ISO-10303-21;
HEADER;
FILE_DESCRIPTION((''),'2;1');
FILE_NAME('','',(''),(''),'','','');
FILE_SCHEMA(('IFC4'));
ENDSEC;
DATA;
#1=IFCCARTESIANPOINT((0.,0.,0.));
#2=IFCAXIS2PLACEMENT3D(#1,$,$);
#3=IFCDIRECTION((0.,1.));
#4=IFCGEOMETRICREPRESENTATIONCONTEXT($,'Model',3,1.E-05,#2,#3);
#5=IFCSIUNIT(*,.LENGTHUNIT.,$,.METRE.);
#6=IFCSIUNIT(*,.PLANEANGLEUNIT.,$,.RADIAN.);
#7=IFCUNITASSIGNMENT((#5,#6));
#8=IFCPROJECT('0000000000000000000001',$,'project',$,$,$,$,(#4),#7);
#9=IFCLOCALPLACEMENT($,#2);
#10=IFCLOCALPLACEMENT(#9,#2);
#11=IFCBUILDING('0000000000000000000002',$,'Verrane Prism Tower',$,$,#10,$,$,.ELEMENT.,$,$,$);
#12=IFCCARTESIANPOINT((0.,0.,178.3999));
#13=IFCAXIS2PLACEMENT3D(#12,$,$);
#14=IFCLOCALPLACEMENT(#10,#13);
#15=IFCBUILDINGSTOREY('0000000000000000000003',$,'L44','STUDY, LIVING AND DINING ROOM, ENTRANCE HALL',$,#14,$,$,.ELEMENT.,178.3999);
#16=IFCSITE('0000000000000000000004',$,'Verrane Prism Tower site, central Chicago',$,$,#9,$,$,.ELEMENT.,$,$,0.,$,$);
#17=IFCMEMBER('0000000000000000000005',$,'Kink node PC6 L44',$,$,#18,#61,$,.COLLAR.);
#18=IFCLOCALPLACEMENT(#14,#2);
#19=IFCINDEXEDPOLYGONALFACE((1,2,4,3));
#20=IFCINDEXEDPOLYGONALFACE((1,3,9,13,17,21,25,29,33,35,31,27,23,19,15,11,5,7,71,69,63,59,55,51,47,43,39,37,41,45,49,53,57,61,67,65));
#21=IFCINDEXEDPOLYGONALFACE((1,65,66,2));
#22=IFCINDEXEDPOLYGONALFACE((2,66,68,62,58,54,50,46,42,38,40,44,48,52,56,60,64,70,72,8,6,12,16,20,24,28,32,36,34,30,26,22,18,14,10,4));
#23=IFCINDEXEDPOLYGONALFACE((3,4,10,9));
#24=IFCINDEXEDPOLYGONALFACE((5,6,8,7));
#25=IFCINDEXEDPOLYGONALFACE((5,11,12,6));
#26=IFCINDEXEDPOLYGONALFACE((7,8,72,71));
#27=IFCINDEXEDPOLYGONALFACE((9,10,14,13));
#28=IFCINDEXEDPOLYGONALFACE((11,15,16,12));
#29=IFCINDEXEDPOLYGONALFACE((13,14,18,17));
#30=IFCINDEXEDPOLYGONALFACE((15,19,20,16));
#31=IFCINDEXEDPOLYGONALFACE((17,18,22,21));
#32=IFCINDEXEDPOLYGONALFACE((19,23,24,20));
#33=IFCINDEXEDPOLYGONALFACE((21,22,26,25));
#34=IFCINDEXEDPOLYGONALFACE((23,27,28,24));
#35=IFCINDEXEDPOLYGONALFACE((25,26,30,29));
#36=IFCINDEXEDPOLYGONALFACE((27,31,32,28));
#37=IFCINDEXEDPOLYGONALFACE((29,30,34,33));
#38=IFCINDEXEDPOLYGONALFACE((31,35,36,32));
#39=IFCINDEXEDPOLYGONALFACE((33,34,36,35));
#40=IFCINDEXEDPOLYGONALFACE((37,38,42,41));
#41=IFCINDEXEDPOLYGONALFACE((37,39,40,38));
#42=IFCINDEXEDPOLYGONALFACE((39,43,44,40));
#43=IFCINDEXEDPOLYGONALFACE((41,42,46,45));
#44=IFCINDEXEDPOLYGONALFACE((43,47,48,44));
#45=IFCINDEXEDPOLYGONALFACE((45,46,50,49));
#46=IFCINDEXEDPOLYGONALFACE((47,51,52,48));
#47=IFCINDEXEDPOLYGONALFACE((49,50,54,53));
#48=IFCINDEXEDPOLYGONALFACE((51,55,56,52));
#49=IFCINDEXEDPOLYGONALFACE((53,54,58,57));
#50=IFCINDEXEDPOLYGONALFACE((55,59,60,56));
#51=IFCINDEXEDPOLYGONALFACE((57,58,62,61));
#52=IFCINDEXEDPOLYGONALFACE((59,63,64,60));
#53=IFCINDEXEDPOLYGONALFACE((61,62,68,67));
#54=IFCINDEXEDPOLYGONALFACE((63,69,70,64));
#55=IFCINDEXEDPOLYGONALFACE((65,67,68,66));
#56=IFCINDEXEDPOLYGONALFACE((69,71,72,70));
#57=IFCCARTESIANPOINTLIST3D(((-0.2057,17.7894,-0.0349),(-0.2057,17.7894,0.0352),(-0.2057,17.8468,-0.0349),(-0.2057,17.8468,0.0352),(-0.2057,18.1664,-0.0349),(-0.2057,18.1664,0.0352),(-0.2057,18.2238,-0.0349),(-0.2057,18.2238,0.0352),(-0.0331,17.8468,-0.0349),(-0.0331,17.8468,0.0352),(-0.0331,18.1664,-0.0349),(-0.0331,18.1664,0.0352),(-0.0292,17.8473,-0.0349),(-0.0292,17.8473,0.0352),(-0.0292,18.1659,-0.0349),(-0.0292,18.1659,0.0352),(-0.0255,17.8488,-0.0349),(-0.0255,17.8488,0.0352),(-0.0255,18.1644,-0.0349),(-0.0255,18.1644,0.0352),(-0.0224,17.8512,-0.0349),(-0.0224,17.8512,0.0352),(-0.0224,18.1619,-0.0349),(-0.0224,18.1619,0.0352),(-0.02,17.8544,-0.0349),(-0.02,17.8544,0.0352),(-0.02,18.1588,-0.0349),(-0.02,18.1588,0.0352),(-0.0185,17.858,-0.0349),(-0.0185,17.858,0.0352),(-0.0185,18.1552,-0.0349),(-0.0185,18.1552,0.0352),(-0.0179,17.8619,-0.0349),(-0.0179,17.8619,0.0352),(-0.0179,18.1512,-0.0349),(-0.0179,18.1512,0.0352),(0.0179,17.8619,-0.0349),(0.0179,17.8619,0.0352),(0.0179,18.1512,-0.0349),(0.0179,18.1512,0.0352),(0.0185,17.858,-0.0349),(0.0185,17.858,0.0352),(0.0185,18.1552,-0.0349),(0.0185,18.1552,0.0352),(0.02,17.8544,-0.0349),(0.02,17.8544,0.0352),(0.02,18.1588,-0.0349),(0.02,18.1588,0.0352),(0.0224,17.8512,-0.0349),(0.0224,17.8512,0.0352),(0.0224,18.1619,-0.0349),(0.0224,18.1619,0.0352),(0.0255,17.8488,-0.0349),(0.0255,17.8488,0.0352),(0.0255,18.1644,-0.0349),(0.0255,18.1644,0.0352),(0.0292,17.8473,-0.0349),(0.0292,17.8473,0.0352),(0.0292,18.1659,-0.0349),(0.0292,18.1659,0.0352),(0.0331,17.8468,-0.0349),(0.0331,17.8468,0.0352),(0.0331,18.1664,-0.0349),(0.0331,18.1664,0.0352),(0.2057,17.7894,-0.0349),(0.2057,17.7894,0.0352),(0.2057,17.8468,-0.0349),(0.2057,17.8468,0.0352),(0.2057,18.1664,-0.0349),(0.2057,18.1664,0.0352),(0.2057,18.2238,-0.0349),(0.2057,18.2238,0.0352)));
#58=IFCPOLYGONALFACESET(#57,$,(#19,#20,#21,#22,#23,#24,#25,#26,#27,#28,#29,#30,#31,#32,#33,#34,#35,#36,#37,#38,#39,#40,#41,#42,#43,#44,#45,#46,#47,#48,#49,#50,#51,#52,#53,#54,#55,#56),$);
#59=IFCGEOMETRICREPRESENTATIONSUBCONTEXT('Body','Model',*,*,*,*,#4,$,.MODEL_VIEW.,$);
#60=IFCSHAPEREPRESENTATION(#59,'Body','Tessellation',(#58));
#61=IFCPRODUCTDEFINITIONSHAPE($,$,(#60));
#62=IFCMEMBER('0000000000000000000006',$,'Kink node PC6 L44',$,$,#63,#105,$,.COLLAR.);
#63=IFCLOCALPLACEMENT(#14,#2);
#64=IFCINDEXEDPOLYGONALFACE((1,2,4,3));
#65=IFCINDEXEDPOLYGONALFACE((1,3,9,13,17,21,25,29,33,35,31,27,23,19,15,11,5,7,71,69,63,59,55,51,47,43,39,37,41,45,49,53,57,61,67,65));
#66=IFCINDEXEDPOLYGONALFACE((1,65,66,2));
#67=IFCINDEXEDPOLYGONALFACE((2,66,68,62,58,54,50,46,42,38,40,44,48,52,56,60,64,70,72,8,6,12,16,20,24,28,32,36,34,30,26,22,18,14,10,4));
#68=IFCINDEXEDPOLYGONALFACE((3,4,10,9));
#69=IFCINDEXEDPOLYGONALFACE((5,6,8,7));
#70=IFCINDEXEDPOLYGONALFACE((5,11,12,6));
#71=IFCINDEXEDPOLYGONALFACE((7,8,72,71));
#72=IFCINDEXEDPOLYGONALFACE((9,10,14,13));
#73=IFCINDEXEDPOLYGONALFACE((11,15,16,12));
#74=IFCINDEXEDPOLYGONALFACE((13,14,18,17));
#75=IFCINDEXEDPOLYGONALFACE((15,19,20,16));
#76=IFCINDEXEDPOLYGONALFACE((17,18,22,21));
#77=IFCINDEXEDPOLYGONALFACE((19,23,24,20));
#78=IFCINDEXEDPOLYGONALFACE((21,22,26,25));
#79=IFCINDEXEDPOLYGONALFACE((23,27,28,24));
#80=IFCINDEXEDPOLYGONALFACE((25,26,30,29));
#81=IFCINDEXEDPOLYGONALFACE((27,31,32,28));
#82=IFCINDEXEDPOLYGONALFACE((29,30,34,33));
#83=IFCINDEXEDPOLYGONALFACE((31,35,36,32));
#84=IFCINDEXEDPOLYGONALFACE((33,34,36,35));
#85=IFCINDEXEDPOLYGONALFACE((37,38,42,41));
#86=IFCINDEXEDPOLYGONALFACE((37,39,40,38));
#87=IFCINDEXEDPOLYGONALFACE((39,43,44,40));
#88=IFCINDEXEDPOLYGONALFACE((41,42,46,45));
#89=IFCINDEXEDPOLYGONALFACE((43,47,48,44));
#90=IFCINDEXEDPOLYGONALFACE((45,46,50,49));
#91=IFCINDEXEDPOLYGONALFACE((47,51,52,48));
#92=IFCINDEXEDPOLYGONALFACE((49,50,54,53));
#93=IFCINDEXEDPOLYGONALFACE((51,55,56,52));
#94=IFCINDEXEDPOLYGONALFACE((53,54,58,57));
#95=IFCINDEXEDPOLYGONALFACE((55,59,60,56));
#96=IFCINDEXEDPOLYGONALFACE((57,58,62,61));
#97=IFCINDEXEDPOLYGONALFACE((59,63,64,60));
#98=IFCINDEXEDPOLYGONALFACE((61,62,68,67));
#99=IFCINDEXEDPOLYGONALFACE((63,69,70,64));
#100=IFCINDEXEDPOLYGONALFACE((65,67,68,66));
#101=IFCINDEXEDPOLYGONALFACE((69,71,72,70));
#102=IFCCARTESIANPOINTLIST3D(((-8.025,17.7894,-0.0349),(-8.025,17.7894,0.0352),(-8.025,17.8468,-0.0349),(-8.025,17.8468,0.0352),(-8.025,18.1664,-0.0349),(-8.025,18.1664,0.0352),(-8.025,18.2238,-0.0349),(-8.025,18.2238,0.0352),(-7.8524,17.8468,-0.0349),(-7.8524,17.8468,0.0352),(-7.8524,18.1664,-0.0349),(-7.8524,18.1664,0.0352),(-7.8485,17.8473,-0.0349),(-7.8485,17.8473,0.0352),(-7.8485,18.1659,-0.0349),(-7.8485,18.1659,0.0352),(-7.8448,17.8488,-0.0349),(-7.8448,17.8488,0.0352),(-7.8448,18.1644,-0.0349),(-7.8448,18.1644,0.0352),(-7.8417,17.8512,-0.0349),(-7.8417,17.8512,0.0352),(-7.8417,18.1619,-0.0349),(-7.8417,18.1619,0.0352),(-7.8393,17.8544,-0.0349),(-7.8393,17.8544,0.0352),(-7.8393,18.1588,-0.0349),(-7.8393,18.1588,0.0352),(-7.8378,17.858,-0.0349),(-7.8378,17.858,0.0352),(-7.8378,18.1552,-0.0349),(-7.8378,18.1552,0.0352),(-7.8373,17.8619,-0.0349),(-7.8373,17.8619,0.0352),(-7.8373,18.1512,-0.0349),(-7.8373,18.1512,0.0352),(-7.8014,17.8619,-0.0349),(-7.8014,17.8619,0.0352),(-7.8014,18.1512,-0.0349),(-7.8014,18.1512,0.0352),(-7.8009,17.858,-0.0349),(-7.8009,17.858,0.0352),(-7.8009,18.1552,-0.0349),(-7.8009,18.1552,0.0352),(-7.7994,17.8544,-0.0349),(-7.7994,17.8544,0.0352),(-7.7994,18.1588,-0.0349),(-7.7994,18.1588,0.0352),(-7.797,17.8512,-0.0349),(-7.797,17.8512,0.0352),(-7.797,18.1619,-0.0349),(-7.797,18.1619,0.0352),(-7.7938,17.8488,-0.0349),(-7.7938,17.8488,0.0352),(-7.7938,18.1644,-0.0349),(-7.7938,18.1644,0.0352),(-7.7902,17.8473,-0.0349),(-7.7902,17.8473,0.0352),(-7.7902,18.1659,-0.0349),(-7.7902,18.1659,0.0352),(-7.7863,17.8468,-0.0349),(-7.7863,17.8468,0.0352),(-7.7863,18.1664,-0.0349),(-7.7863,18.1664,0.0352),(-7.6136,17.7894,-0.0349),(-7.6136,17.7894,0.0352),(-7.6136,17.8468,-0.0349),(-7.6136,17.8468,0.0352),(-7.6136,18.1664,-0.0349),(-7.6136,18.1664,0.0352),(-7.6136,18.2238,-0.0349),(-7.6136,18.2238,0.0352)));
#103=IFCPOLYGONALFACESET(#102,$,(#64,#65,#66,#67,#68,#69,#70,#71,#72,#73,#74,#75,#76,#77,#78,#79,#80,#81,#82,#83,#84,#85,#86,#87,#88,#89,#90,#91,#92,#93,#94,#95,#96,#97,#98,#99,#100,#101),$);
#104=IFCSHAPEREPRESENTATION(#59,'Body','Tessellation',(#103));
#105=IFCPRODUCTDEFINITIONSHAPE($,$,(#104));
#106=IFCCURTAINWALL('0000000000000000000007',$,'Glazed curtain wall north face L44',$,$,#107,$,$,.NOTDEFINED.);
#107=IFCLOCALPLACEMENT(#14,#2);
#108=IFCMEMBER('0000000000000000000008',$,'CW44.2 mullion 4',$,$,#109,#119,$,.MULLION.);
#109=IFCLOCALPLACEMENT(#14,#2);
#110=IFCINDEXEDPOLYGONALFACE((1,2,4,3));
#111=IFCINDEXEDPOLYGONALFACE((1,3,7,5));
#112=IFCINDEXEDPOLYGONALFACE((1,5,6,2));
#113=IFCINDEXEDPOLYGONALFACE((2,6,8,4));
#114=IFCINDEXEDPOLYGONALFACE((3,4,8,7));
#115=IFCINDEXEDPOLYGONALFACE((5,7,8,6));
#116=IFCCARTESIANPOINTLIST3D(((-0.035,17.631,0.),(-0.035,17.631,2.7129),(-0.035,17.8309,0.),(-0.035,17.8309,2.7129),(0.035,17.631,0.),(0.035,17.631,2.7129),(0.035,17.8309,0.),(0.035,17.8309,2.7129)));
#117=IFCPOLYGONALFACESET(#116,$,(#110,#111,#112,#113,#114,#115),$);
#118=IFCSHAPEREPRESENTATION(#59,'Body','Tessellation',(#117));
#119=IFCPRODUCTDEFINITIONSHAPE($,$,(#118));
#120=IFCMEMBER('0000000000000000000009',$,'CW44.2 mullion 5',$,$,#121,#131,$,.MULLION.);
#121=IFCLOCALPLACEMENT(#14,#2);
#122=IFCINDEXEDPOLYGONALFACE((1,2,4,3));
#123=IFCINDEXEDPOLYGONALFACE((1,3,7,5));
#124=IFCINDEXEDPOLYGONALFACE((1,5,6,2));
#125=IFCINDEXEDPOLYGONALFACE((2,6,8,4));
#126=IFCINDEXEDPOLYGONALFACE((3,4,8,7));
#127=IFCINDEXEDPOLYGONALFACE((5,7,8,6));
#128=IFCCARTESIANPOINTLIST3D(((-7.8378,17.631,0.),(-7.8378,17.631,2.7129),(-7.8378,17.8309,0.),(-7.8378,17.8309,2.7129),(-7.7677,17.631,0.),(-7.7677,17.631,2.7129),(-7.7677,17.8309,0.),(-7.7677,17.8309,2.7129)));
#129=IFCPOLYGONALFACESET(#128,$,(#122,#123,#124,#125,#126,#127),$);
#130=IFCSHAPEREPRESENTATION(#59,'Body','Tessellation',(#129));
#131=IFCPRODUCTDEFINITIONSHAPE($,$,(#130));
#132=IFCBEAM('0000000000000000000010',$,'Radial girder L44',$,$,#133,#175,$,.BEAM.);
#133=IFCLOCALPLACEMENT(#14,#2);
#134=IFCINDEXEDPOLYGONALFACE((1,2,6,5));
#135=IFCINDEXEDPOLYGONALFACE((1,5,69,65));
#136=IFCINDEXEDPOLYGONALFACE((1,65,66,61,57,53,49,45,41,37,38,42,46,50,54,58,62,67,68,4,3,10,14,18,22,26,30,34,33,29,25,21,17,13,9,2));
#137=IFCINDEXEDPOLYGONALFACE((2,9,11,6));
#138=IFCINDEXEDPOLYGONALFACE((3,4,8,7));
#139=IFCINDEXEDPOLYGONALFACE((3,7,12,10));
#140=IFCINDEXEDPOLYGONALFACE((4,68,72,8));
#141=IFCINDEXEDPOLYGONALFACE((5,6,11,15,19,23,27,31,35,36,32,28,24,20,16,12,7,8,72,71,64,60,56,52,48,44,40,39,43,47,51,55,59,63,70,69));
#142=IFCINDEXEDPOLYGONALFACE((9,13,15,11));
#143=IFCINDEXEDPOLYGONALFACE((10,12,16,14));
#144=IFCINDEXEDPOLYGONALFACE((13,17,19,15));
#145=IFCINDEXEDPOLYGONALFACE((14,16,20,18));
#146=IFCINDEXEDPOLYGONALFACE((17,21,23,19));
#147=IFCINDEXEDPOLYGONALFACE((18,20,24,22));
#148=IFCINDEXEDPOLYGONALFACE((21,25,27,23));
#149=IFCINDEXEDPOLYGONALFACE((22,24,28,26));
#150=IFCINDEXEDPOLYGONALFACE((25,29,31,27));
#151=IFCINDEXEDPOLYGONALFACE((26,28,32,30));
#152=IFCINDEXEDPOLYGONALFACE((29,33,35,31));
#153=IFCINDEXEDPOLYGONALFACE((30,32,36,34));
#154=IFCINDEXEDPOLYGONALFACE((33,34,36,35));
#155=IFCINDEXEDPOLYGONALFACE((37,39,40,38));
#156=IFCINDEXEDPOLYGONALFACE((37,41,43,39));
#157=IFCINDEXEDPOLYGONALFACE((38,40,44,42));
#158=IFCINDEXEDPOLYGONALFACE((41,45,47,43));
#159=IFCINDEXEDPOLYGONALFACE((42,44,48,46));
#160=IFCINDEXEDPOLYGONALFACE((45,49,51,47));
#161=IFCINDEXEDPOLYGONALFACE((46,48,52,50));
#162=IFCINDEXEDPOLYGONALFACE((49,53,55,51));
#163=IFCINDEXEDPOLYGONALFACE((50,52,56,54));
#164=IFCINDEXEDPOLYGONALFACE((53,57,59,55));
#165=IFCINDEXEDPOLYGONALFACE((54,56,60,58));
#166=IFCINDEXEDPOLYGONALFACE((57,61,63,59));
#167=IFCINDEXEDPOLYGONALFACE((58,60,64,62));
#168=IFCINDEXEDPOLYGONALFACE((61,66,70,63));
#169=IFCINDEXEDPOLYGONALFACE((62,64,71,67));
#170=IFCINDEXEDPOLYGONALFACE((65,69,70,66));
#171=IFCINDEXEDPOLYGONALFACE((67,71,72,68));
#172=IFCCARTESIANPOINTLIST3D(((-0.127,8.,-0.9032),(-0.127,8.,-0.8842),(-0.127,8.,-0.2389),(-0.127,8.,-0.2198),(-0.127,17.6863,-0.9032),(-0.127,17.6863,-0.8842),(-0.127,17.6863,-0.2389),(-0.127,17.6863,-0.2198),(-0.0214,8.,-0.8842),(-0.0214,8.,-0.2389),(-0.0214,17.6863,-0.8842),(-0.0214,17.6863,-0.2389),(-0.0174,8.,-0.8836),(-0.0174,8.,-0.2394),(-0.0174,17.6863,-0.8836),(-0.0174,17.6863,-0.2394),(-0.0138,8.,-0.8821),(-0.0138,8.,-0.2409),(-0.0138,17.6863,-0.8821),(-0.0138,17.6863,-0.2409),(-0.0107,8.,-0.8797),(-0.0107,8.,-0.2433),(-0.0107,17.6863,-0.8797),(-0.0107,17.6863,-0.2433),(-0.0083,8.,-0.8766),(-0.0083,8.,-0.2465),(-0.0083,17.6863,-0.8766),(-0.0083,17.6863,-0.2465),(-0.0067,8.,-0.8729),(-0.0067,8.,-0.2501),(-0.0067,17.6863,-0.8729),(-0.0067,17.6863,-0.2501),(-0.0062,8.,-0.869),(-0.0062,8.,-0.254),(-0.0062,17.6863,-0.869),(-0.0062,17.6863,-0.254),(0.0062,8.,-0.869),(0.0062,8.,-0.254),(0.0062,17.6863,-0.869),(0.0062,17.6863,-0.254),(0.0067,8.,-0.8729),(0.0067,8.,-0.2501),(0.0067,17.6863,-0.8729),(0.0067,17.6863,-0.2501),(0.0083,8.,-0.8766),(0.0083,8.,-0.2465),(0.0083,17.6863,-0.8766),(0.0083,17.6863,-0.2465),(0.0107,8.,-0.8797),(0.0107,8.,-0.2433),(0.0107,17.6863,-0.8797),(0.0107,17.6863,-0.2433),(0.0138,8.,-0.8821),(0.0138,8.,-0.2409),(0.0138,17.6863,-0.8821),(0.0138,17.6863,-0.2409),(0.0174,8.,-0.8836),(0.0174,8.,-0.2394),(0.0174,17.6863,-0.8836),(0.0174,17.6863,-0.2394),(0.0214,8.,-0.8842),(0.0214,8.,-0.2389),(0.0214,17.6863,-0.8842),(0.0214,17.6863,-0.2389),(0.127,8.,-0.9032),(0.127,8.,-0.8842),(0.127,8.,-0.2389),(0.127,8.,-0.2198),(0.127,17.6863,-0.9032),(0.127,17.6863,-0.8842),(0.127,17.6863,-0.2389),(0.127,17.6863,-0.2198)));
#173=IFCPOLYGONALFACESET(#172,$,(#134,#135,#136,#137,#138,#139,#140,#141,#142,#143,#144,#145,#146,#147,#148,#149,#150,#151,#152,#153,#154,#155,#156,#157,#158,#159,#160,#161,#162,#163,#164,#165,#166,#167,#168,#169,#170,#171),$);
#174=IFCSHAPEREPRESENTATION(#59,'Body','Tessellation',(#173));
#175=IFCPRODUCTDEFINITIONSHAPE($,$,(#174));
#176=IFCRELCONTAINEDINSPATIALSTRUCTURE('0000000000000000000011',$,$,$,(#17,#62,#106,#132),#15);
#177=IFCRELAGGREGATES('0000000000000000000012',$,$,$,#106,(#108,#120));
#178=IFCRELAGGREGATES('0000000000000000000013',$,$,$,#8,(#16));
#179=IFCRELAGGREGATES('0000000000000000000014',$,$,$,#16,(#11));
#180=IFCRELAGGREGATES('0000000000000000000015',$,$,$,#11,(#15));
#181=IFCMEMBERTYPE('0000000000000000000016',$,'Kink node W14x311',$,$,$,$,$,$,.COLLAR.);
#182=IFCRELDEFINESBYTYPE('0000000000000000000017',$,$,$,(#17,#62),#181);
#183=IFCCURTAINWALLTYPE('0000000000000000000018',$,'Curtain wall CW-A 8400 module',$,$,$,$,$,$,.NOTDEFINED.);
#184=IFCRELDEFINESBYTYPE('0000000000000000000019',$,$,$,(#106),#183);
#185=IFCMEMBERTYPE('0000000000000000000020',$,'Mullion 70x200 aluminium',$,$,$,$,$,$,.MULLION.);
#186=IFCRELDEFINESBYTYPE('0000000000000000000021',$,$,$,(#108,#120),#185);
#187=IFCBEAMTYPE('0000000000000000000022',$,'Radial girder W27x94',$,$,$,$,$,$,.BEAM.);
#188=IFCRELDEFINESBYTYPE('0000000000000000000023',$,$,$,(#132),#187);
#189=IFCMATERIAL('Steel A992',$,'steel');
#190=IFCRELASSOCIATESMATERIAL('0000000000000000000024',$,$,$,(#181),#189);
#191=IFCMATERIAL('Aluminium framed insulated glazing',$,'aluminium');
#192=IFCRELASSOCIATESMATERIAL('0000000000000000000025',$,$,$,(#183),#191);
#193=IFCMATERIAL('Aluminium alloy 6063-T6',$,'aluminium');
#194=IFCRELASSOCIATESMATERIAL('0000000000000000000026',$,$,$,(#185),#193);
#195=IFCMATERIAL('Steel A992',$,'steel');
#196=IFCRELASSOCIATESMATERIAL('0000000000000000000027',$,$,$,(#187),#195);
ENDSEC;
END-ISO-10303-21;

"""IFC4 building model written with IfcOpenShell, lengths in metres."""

from ifc_helpers import new_model, si_unit, direction, frame, origin, origin_2d, place, context, subcontext, project, spatial, rectangle, i_section, extrude, material, material_profile, profile_set, type_object, element, aggregate, save


model = new_model("IFC4")

# Units and contexts
model_context = context("Model", 3, precision=1e-05, world=origin(), true_north=direction((0.0, 1.0)))
body_context = subcontext(model_context, "Body", "Model", "MODEL_VIEW")
ifc_project = project(units=[si_unit("LENGTHUNIT", "METRE"), si_unit("PLANEANGLEUNIT", "RADIAN")], contexts=[model_context])

# Site, building, storey
site_placement = place(None, origin())
site = spatial("IfcSite", under=ifc_project, at=site_placement, Name="Verrane Prism Tower site, central Chicago", CompositionType="ELEMENT", RefElevation=0.0)
building_placement = place(site_placement, origin())
building = spatial("IfcBuilding", under=site, at=building_placement, Name="Verrane Prism Tower", CompositionType="ELEMENT")
storey_placement = place(building_placement, frame((0.0, 0.0, 178.3999)))
storey = spatial("IfcBuildingStorey", under=building, at=storey_placement, Name="L44", Description="STUDY, LIVING AND DINING ROOM, ENTRANCE HALL", CompositionType="ELEMENT", Elevation=178.3999)

# Members
ifc_material_1 = material(Name="Steel A992", Category="steel")
ifc_material_profile_1 = material_profile(ifc_material_1, i_section(OverallWidth=0.4114, OverallDepth=0.4343, WebThickness=0.0359, FlangeThickness=0.0574, FilletRadius=0.0151, at=origin_2d()), Name="W14x311")
ifc_profile_set_1 = profile_set([ifc_material_profile_1], Name="Steel A992")
member_type_1 = type_object("IfcMemberType", Name="Kink node W14x311", PredefinedType="COLLAR", material=ifc_profile_set_1)
for number, where, z_axis, x_axis, name in (
    (1, (0.0, 18.0066, -0.0349), (0.0, 0.0, 1.0), (1.0, 0.0, 0.0), "Kink node PC6 L44"),
    (2, (-7.8193, 18.0066, -0.0349), (0.0, 0.0, 1.0), (1.0, 0.0, 0.0), "Kink node PC6 L44"),
):
    element("IfcMember", number, at=place(storey_placement, frame(where, z_axis=z_axis, x_axis=x_axis)), inside=storey, type_object=member_type_1, Name=name, PredefinedType="COLLAR", context=body_context, shape_type="SweptSolid", body=[
        extrude(i_section(OverallWidth=0.4114, OverallDepth=0.4343, WebThickness=0.0359, FlangeThickness=0.0574, FilletRadius=0.0151, at=origin_2d()), origin(), (0.0, 0.0, 1.0), 0.0701),
    ])

# Curtain wall, members
ifc_material_2 = material(Name="Aluminium framed insulated glazing", Category="aluminium")
curtain_wall_type = type_object("IfcCurtainWallType", Name="Curtain wall CW-A 8400 module", PredefinedType="NOTDEFINED", material=ifc_material_2)
curtain_wall_placement = place(storey_placement, origin())
curtain_wall = element("IfcCurtainWall", 3, at=curtain_wall_placement, inside=storey, type_object=curtain_wall_type, Name="Glazed curtain wall north face L44", PredefinedType="NOTDEFINED")
ifc_material_3 = material(Name="Aluminium alloy 6063-T6", Category="aluminium")
ifc_material_profile_2 = material_profile(ifc_material_3, rectangle(XDim=0.2, YDim=0.0701, at=origin_2d()), Name="Mullion 70x200 aluminium")
ifc_profile_set_2 = profile_set([ifc_material_profile_2], Name="Aluminium alloy 6063-T6")
member_type_2 = type_object("IfcMemberType", Name="Mullion 70x200 aluminium", PredefinedType="MULLION", material=ifc_profile_set_2)
member_1_placement = place(storey_placement, frame((0.0, 17.731, 0.0), z_axis=(0.0, 0.0, 1.0), x_axis=(0.0, -1.0, 0.0)))
member_1 = element("IfcMember", 4, at=member_1_placement, type_object=member_type_2, Name="CW44.2 mullion 4", PredefinedType="MULLION", context=body_context, shape_type="SweptSolid", body=[
    extrude(rectangle(XDim=0.2, YDim=0.0701, at=origin_2d()), origin(), (0.0, 0.0, 1.0), 2.7129),
])
member_2_placement = place(storey_placement, frame((-7.8027, 17.731, 0.0), z_axis=(0.0, 0.0, 1.0), x_axis=(0.0, -1.0, 0.0)))
member_2 = element("IfcMember", 5, at=member_2_placement, type_object=member_type_2, Name="CW44.2 mullion 5", PredefinedType="MULLION", context=body_context, shape_type="SweptSolid", body=[
    extrude(rectangle(XDim=0.2, YDim=0.0701, at=origin_2d()), origin(), (0.0, 0.0, 1.0), 2.7129),
])

# Beam
ifc_material_4 = material(Name="Steel A992", Category="steel")
ifc_material_profile_3 = material_profile(ifc_material_4, i_section(OverallWidth=0.2539, OverallDepth=0.6833, WebThickness=0.0125, FlangeThickness=0.019, FilletRadius=0.0151, at=origin_2d()), Name="W27x94")
ifc_profile_set_3 = profile_set([ifc_material_profile_3], Name="Steel A992")
beam_type_1 = type_object("IfcBeamType", Name="Radial girder W27x94", PredefinedType="BEAM", material=ifc_profile_set_3)
for number, where, z_axis, x_axis, name in (
    (6, (0.0, 17.6863, -0.5615), (0.0, -1.0, 0.0), (1.0, 0.0, 0.0), "Radial girder L44"),
):
    element("IfcBeam", number, at=place(storey_placement, frame(where, z_axis=z_axis, x_axis=x_axis)), inside=storey, type_object=beam_type_1, Name=name, PredefinedType="BEAM", context=body_context, shape_type="SweptSolid", body=[
        extrude(i_section(OverallWidth=0.2539, OverallDepth=0.6833, WebThickness=0.0125, FlangeThickness=0.019, FilletRadius=0.0151, at=origin_2d()), origin(), (0.0, 0.0, 1.0), 9.6863),
    ])

aggregate(curtain_wall, [member_1, member_2])

save(model, "model.ifc")
